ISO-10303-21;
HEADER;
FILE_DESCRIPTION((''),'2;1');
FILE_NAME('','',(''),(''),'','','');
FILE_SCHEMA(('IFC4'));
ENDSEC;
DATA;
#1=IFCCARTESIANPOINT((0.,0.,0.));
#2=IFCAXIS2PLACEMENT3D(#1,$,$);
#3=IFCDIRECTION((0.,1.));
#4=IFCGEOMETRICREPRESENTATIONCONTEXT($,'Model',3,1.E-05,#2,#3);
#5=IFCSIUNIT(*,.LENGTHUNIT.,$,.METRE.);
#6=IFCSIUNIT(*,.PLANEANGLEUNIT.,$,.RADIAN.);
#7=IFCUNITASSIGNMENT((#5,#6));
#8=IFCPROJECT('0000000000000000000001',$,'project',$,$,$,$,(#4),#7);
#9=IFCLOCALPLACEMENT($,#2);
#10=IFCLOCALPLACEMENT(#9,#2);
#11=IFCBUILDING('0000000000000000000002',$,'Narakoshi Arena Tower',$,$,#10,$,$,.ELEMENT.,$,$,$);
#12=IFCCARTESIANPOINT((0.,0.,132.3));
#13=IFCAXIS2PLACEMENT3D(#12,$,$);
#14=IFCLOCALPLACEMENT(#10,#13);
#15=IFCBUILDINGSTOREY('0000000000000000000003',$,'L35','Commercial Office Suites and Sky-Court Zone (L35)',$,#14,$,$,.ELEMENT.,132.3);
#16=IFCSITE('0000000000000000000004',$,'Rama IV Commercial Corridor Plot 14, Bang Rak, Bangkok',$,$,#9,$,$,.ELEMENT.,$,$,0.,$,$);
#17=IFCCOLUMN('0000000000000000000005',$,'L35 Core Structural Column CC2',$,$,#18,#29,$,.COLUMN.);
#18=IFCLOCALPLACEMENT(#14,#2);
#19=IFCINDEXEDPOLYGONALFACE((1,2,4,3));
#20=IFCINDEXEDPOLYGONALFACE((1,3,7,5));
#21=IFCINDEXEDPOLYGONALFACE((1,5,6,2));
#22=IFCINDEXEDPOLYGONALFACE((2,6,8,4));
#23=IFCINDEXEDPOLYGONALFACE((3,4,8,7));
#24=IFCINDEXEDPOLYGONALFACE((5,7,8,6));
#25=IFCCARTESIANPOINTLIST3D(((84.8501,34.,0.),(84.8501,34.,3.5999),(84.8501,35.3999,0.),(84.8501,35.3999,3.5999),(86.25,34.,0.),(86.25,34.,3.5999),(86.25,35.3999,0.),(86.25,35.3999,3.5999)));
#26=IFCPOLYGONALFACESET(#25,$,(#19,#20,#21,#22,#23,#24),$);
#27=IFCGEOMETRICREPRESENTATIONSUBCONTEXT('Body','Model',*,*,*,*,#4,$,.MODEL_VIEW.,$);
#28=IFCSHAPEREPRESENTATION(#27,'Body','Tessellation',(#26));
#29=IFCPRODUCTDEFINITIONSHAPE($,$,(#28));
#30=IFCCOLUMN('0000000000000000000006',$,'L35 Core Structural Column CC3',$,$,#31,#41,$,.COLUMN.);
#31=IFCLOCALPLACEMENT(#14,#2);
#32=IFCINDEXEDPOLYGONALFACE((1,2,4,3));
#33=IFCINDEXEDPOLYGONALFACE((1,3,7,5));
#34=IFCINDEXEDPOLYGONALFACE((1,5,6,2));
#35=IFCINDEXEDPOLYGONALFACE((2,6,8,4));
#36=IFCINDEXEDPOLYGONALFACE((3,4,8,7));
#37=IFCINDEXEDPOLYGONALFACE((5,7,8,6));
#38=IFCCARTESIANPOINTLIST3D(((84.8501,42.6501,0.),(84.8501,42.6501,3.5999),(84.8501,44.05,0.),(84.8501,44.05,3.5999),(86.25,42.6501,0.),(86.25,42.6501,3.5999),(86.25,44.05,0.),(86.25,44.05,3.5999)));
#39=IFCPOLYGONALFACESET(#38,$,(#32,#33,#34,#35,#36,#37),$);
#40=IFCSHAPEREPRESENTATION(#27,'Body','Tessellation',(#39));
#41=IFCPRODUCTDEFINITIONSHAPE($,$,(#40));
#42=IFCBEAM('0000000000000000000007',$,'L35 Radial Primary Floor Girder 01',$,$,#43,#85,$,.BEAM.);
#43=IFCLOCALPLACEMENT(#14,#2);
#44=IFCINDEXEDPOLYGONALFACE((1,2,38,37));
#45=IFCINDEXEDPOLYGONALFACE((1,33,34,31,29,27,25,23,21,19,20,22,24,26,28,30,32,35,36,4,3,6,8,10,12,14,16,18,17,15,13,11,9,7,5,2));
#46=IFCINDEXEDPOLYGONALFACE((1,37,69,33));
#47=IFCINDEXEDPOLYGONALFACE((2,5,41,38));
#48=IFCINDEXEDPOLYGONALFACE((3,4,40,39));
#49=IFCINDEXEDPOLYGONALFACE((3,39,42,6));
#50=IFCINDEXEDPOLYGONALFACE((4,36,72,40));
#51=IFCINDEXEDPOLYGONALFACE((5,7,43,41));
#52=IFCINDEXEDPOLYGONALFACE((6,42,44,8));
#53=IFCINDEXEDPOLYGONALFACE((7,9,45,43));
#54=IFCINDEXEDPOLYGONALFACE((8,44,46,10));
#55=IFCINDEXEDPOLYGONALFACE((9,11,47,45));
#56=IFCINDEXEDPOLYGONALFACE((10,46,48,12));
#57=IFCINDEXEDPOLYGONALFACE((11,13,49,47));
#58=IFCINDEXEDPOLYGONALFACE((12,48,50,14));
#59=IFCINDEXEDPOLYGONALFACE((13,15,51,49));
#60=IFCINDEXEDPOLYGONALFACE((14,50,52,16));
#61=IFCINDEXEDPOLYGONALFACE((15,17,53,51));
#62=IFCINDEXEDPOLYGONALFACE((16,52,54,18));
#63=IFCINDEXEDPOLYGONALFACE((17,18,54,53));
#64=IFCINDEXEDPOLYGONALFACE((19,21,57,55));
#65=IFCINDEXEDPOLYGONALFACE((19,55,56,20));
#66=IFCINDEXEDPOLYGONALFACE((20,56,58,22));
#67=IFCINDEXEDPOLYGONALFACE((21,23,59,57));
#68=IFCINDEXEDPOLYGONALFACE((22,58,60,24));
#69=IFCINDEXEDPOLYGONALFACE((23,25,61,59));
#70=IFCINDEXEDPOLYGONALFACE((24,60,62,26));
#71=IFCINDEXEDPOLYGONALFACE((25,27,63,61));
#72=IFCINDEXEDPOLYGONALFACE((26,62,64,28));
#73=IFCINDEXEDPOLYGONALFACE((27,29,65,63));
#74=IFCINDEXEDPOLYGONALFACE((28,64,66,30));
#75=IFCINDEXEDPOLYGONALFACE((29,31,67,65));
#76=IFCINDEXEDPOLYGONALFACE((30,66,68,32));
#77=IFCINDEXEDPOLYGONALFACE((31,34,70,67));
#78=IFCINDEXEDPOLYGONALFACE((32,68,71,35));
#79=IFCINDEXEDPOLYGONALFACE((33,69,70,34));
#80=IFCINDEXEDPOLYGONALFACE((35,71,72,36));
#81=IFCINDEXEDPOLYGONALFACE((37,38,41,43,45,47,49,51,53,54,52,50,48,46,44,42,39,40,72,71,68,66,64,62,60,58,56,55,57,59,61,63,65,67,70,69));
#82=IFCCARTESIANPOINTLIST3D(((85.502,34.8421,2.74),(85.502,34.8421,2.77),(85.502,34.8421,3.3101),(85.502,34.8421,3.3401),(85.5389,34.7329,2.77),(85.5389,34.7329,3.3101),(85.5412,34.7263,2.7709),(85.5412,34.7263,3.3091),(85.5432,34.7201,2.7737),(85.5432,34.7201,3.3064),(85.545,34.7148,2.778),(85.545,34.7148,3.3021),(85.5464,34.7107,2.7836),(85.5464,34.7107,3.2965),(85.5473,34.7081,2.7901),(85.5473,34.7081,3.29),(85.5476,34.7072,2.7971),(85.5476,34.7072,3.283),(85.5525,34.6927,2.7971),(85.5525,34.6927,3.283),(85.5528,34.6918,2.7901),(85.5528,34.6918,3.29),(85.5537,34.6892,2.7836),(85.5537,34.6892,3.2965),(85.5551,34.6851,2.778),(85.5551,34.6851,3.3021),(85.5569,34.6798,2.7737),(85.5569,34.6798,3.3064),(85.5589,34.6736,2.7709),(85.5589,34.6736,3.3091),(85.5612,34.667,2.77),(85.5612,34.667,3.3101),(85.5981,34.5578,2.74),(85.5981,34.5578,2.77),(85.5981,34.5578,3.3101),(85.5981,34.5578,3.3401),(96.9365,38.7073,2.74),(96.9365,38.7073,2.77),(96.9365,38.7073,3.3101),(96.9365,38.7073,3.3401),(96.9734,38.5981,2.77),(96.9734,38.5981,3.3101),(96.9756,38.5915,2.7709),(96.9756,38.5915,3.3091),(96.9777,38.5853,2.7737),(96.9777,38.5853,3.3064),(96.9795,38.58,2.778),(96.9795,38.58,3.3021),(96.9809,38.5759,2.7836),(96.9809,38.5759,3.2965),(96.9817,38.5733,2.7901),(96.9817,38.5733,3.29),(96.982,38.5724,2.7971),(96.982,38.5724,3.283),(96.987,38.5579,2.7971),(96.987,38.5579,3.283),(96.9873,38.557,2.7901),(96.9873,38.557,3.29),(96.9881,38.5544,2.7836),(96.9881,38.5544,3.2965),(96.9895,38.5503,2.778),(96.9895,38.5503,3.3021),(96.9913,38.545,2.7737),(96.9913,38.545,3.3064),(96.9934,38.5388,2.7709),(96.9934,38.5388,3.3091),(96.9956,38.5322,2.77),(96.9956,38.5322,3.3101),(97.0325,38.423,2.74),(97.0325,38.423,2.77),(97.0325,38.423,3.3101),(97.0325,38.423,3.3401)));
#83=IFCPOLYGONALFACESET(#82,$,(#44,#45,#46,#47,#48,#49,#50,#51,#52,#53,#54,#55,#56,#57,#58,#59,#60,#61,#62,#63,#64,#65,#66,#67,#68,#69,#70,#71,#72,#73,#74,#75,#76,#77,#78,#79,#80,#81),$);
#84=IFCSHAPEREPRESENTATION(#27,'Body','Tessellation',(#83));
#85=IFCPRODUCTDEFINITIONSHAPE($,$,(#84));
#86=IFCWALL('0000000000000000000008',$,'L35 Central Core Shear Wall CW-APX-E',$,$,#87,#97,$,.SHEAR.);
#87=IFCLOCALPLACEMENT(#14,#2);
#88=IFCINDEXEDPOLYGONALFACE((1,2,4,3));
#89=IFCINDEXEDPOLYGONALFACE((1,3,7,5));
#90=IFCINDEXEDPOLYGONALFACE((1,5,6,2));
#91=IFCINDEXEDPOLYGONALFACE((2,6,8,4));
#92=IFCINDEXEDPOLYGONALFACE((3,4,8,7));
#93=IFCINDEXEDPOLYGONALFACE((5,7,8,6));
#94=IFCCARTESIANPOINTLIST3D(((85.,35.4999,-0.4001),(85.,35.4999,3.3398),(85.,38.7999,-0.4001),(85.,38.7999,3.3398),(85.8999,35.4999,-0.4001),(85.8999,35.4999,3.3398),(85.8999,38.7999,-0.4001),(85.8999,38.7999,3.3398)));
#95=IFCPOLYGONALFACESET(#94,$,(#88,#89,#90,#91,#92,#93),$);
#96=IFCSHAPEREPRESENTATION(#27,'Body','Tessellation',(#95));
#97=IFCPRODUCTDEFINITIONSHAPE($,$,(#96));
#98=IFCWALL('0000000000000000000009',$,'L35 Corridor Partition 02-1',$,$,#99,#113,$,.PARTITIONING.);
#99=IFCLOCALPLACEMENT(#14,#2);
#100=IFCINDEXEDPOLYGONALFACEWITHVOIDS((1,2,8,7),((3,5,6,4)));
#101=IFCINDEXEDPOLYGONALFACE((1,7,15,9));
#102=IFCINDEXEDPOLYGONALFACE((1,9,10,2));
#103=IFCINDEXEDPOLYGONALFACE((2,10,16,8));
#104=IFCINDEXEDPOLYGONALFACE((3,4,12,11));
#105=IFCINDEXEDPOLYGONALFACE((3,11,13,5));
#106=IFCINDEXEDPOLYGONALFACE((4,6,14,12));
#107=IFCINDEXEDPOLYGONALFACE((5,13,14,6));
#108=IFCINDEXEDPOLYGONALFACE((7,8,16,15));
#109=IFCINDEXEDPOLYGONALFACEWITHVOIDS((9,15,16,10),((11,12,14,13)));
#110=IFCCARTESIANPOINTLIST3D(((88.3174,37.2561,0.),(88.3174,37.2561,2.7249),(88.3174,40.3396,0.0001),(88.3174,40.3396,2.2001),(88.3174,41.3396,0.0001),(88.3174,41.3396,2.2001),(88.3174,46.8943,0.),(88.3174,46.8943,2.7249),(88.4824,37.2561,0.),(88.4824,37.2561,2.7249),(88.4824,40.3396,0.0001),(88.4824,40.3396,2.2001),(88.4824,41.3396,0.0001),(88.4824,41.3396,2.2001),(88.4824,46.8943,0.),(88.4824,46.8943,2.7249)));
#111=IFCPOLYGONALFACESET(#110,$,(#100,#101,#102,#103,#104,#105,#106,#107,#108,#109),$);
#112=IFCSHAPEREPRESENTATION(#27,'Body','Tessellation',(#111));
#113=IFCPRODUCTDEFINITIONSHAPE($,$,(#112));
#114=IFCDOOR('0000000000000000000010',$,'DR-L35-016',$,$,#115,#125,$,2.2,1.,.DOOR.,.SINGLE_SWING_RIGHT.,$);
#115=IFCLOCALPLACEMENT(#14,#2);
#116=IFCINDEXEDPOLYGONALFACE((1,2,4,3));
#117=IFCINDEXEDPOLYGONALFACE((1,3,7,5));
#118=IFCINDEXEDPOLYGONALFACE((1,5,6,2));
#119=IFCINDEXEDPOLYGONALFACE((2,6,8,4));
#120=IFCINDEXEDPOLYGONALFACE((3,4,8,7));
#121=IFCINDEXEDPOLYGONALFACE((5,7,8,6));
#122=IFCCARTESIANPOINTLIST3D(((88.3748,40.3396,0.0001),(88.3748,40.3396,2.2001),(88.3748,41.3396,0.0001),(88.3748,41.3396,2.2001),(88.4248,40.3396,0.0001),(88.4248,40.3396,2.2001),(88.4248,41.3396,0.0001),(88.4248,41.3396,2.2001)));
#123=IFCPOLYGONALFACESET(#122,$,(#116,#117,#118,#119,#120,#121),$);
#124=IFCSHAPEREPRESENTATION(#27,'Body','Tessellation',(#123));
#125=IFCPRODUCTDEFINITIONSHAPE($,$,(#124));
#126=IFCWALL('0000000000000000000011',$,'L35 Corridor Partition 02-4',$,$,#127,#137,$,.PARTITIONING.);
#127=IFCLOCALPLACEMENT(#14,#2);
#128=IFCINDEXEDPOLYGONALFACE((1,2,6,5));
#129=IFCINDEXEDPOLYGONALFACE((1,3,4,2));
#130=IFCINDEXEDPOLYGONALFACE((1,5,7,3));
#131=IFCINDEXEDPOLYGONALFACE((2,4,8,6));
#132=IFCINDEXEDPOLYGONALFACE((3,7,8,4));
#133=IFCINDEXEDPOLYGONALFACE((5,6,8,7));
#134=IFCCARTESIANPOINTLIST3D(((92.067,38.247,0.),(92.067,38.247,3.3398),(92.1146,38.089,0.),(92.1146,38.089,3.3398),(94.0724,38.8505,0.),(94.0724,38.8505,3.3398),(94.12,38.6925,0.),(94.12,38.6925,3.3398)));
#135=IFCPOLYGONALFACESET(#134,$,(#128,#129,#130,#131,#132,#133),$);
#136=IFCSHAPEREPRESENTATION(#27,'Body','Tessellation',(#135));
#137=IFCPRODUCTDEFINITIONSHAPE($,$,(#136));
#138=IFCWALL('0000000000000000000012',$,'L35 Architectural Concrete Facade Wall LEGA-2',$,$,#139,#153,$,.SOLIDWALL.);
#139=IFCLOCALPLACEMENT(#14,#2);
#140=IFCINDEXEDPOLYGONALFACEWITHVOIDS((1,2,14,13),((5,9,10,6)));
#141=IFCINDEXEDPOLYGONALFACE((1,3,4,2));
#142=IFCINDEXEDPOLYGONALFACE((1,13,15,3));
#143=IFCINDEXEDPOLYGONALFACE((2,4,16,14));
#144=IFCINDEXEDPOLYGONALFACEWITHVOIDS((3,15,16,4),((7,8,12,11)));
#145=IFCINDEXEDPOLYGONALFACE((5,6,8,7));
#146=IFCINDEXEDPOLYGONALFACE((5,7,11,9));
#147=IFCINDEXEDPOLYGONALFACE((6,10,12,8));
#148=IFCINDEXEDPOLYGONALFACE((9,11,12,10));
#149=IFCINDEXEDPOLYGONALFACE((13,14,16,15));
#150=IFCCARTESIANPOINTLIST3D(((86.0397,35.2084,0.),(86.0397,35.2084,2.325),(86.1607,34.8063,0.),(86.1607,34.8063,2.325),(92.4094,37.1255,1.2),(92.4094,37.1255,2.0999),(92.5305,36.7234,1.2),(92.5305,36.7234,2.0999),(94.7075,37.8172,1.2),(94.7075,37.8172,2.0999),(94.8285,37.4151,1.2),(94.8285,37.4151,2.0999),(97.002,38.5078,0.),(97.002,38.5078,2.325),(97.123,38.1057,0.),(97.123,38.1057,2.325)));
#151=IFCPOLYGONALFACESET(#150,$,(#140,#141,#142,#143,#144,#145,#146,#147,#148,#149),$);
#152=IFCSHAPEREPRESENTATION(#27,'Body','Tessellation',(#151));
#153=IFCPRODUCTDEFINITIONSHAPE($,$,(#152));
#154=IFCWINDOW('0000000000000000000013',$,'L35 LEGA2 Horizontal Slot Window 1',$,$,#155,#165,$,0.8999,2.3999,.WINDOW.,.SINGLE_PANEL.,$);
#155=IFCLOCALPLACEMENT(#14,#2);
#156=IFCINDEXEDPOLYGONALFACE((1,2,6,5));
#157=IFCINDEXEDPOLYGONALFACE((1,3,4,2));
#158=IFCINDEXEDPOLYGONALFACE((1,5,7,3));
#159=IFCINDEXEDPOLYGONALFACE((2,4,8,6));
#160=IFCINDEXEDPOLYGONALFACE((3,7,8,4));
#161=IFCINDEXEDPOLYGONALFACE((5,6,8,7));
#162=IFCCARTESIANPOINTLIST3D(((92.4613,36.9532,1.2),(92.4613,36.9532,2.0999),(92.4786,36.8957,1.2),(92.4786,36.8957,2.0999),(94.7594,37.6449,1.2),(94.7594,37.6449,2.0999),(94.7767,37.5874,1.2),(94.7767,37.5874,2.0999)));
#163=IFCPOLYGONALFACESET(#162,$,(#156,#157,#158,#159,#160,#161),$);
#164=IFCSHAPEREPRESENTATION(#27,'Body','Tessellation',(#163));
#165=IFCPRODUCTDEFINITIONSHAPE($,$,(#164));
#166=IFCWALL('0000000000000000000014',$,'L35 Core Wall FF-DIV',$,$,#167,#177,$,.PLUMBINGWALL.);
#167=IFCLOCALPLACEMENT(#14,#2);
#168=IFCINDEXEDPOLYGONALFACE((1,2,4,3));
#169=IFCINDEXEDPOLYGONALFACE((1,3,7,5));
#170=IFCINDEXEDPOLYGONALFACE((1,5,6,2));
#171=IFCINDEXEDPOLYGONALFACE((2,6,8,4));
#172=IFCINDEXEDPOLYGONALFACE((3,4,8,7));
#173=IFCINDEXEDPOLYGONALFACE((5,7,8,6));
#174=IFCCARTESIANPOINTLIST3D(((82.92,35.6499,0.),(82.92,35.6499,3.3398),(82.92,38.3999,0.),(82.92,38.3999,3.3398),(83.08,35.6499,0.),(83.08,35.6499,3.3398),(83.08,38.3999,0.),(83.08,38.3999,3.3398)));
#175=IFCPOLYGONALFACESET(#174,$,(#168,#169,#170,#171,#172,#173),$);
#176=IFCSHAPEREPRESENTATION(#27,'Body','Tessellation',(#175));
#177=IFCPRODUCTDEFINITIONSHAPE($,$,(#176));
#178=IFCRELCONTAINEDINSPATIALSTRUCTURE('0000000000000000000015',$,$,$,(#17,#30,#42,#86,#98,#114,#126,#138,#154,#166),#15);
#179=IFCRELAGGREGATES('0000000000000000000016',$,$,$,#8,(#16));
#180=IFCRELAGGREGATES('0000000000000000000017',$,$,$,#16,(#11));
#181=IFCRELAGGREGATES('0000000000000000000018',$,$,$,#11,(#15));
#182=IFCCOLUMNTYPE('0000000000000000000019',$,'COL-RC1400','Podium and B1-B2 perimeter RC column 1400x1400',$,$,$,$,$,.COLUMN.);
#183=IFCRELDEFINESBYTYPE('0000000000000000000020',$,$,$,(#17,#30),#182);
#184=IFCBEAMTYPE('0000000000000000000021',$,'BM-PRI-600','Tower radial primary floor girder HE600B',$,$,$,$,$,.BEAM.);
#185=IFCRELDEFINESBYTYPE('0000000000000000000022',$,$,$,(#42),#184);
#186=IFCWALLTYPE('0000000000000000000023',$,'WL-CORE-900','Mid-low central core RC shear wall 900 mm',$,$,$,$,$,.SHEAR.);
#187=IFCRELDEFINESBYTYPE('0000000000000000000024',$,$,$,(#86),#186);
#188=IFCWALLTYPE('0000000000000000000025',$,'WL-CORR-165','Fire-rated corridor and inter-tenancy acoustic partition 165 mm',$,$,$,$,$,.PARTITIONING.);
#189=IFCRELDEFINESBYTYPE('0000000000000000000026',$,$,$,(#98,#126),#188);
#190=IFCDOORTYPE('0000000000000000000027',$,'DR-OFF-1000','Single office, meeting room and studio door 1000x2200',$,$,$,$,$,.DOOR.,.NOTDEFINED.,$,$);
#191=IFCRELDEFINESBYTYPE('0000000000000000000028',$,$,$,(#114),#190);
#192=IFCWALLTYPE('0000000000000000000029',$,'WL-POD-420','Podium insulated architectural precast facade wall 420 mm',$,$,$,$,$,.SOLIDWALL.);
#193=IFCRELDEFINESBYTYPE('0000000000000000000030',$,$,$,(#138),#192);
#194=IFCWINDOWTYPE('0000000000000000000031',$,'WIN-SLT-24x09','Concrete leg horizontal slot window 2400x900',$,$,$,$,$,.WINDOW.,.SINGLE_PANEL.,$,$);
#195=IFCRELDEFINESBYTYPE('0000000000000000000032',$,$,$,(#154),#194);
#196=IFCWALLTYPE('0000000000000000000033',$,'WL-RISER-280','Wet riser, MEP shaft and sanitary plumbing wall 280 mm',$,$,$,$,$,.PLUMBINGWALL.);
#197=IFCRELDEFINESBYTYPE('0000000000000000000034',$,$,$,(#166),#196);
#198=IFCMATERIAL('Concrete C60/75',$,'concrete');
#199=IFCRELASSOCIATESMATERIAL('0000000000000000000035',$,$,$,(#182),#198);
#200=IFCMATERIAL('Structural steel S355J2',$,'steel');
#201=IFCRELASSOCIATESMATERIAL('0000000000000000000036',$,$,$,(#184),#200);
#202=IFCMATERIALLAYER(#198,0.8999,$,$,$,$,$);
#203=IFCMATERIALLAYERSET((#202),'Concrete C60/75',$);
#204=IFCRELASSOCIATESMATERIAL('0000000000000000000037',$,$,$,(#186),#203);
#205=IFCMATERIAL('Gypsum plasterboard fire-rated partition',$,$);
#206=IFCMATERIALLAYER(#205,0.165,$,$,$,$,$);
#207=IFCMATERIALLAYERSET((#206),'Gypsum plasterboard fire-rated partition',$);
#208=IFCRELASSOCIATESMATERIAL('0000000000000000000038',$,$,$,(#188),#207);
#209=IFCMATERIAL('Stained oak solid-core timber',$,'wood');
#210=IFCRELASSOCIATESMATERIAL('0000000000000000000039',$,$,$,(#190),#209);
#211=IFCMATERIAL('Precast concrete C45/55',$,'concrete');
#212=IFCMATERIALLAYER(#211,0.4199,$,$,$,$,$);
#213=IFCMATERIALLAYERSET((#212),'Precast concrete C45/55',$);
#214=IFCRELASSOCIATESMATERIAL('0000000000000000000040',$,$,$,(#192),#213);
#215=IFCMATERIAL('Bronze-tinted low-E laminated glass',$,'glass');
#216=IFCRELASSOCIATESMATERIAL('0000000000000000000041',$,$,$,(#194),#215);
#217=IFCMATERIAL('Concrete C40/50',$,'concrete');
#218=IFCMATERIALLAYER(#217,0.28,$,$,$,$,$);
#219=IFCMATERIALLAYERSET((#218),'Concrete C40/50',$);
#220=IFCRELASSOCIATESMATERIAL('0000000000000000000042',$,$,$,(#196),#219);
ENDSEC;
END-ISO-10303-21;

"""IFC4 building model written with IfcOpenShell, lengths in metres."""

from ifc_helpers import new_model, si_unit, direction, frame, frame_2d, origin, origin_2d, place, context, subcontext, project, spatial, rectangle, i_section, extrude, material, layer, layer_set, material_profile, profile_set, type_object, element, fill, save


model = new_model("IFC4")

# Units and contexts
model_context = context("Model", 3, precision=1e-05, world=origin(), true_north=direction((0.0, 1.0)))
body_context = subcontext(model_context, "Body", "Model", "MODEL_VIEW")
ifc_project = project(units=[si_unit("LENGTHUNIT", "METRE"), si_unit("PLANEANGLEUNIT", "RADIAN")], contexts=[model_context])

# Site, building, storey
site_placement = place(None, origin())
site = spatial("IfcSite", under=ifc_project, at=site_placement, Name="Rama IV Commercial Corridor Plot 14, Bang Rak, Bangkok", CompositionType="ELEMENT", RefElevation=0.0)
building_placement = place(site_placement, origin())
building = spatial("IfcBuilding", under=site, at=building_placement, Name="Narakoshi Arena Tower", CompositionType="ELEMENT")
storey_placement = place(building_placement, frame((0.0, 0.0, 132.3)))
storey = spatial("IfcBuildingStorey", under=building, at=storey_placement, Name="L35", Description="Commercial Office Suites and Sky-Court Zone (L35)", CompositionType="ELEMENT", Elevation=132.3)

# Columns
ifc_material_1 = material(Name="Concrete C60/75", Category="concrete")
ifc_material_profile_1 = material_profile(ifc_material_1, rectangle(XDim=1.3999, YDim=1.3999, at=origin_2d()), Name="RC1400x1400")
ifc_profile_set_1 = profile_set([ifc_material_profile_1], Name="Concrete C60/75")
column_type = type_object("IfcColumnType", Name="COL-RC1400", Description="Podium and B1-B2 perimeter RC column 1400x1400", PredefinedType="COLUMN", material=ifc_profile_set_1)
for number, where, z_axis, x_axis, name in (
    (1, (85.55, 34.7, 0.0), (0.0, 0.0, 1.0), (1.0, 0.0, 0.0), "L35 Core Structural Column CC2"),
    (2, (85.55, 43.3501, 0.0), (0.0, 0.0, 1.0), (1.0, 0.0, 0.0), "L35 Core Structural Column CC3"),
):
    element("IfcColumn", number, at=place(storey_placement, frame(where, z_axis=z_axis, x_axis=x_axis)), inside=storey, type_object=column_type, Name=name, PredefinedType="COLUMN", context=body_context, shape_type="SweptSolid", body=[
        extrude(rectangle(XDim=1.3999, YDim=1.3999, at=origin_2d()), origin(), (0.0, 0.0, 1.0), 3.5999),
    ])

# Beam
ifc_material_2 = material(Name="Structural steel S355J2", Category="steel")
ifc_material_profile_2 = material_profile(ifc_material_2, i_section(OverallWidth=0.3, OverallDepth=0.6001, WebThickness=0.0154, FlangeThickness=0.03, FilletRadius=0.0271, at=origin_2d()), Name="HE600B")
ifc_profile_set_2 = profile_set([ifc_material_profile_2], Name="Structural steel S355J2")
beam_type = type_object("IfcBeamType", Name="BM-PRI-600", Description="Tower radial primary floor girder HE600B", PredefinedType="BEAM", material=ifc_profile_set_2)
beam_placement = place(storey_placement, frame((85.55, 34.7, 3.04), z_axis=(0.94734, 0.32023, 0.0), x_axis=(-0.32023, 0.94734, 0.0)))
element("IfcBeam", 3, at=beam_placement, inside=storey, type_object=beam_type, Name="L35 Radial Primary Floor Girder 01", PredefinedType="BEAM", context=body_context, shape_type="SweptSolid", body=[
    extrude(i_section(OverallWidth=0.3, OverallDepth=0.6001, WebThickness=0.0154, FlangeThickness=0.03, FilletRadius=0.0271, at=origin_2d()), origin(), (0.0, 0.0, 1.0), 12.0701),
])

# Wall
ifc_layer_1 = layer(ifc_material_1, 0.8999)
ifc_layer_set_1 = layer_set([ifc_layer_1], Name="Concrete C60/75")
wall_type_1 = type_object("IfcWallType", Name="WL-CORE-900", Description="Mid-low central core RC shear wall 900 mm", PredefinedType="SHEAR", material=ifc_layer_set_1)
wall_1_placement = place(storey_placement, frame((85.45, 35.5, -0.4001), z_axis=(0.0, 0.0, 1.0), x_axis=(0.0, 1.0, 0.0)))
element("IfcWall", 4, at=wall_1_placement, inside=storey, type_object=wall_type_1, Name="L35 Central Core Shear Wall CW-APX-E", PredefinedType="SHEAR", context=body_context, shape_type="SweptSolid", body=[
    extrude(rectangle(XDim=3.3, YDim=0.8999, at=frame_2d((1.6499, 0.0))), origin(), (0.0, 0.0, 1.0), 3.74),
])

# Wall, opening, door
ifc_material_3 = material(Name="Gypsum plasterboard fire-rated partition")
ifc_layer_2 = layer(ifc_material_3, 0.165)
ifc_layer_set_2 = layer_set([ifc_layer_2], Name="Gypsum plasterboard fire-rated partition")
wall_type_2 = type_object("IfcWallType", Name="WL-CORR-165", Description="Fire-rated corridor and inter-tenancy acoustic partition 165 mm", PredefinedType="PARTITIONING", material=ifc_layer_set_2)
wall_2_placement = place(storey_placement, frame((88.3999, 37.2561, 0.0), z_axis=(0.0, 0.0, 1.0), x_axis=(0.0, 1.0, 0.0)))
wall_2 = element("IfcWall", 5, at=wall_2_placement, inside=storey, type_object=wall_type_2, Name="L35 Corridor Partition 02-1", PredefinedType="PARTITIONING", context=body_context, shape_type="SweptSolid", body=[
    extrude(rectangle(XDim=9.6382, YDim=0.165, at=frame_2d((4.8191, 0.0))), origin(), (0.0, 0.0, 1.0), 2.7249),
])
opening_1_placement = place(wall_2_placement, frame((3.0835, 0.0, 0.0)))
opening_1 = element("IfcOpeningElement", 6, at=opening_1_placement, cuts=wall_2, PredefinedType="OPENING", context=body_context, shape_type="SweptSolid", body=[
    extrude(rectangle(XDim=1.0, YDim=2.2, at=frame_2d((0.5, 1.1001))), frame((0.0, 0.0925, 0.0), z_axis=(0.0, -1.0, 0.0), x_axis=(1.0, 0.0, 0.0)), (0.0, 0.0, 1.0), 0.1851),
])
ifc_material_4 = material(Name="Stained oak solid-core timber", Category="wood")
door_type_1 = type_object("IfcDoorType", Name="DR-OFF-1000", Description="Single office, meeting room and studio door 1000x2200", OperationType="NOTDEFINED", PredefinedType="DOOR", material=ifc_material_4)
door_1_placement = place(opening_1_placement, frame((1.0, 0.0, 0.0), z_axis=(0.0, 0.0, 1.0), x_axis=(-1.0, 0.0, 0.0)))
door_1 = element("IfcDoor", 7, at=door_1_placement, inside=storey, type_object=door_type_1, Name="DR-L35-016", OperationType="SINGLE_SWING_RIGHT", OverallHeight=2.2, OverallWidth=1.0, PredefinedType="DOOR", context=body_context, shape_type="SweptSolid", body=[
    extrude(rectangle(XDim=1.0, YDim=2.2, at=frame_2d((0.5, 1.1001))), frame((0.0, 0.0249, 0.0), z_axis=(0.0, -1.0, 0.0), x_axis=(1.0, 0.0, 0.0)), (0.0, 0.0, 1.0), 0.05),
])
fill(opening_1, door_1)

# Wall
wall_3_placement = place(storey_placement, frame((92.0908, 38.168, 0.0), z_axis=(0.0, 0.0, 1.0), x_axis=(0.957576, 0.288182, 0.0)))
element("IfcWall", 8, at=wall_3_placement, inside=storey, type_object=wall_type_2, Name="L35 Corridor Partition 02-4", PredefinedType="PARTITIONING", context=body_context, shape_type="SweptSolid", body=[
    extrude(rectangle(XDim=2.0942, YDim=0.165, at=frame_2d((1.0471, 0.0))), origin(), (0.0, 0.0, 1.0), 3.3398),
])

# Wall, opening, window
ifc_material_5 = material(Name="Precast concrete C45/55", Category="concrete")
ifc_layer_3 = layer(ifc_material_5, 0.4199)
ifc_layer_set_3 = layer_set([ifc_layer_3], Name="Precast concrete C45/55")
wall_type_3 = type_object("IfcWallType", Name="WL-POD-420", Description="Podium insulated architectural precast facade wall 420 mm", PredefinedType="SOLIDWALL", material=ifc_layer_set_3)
wall_4_placement = place(storey_placement, frame((86.1001, 35.0073, 0.0), z_axis=(0.0, 0.0, 1.0), x_axis=(0.957569, 0.288203, 0.0)))
wall_4 = element("IfcWall", 9, at=wall_4_placement, inside=storey, type_object=wall_type_3, Name="L35 Architectural Concrete Facade Wall LEGA-2", PredefinedType="SOLIDWALL", context=body_context, shape_type="SweptSolid", body=[
    extrude(rectangle(XDim=11.448, YDim=0.4199, at=frame_2d((5.7241, 0.0))), origin(), (0.0, 0.0, 1.0), 2.325),
])
opening_2_placement = place(wall_4_placement, frame((6.6521, 0.0, 1.2)))
opening_2 = element("IfcOpeningElement", 10, at=opening_2_placement, cuts=wall_4, PredefinedType="OPENING", context=body_context, shape_type="SweptSolid", body=[
    extrude(rectangle(XDim=2.3999, YDim=0.8999, at=frame_2d((1.2, 0.45))), frame((0.0, 0.22, 0.0), z_axis=(0.0, -1.0, 0.0), x_axis=(1.0, 0.0, 0.0)), (0.0, 0.0, 1.0), 0.4399),
])
ifc_material_6 = material(Name="Bronze-tinted low-E laminated glass", Category="glass")
window_type = type_object("IfcWindowType", Name="WIN-SLT-24x09", Description="Concrete leg horizontal slot window 2400x900", PartitioningType="SINGLE_PANEL", PredefinedType="WINDOW", material=ifc_material_6)
window_placement = place(opening_2_placement, origin())
window = element("IfcWindow", 11, at=window_placement, inside=storey, type_object=window_type, Name="L35 LEGA2 Horizontal Slot Window 1", OverallHeight=0.8999, OverallWidth=2.3999, PartitioningType="SINGLE_PANEL", PredefinedType="WINDOW", context=body_context, shape_type="SweptSolid", body=[
    extrude(rectangle(XDim=2.3999, YDim=0.8999, at=frame_2d((1.2, 0.45))), frame((0.0, 0.03, 0.0), z_axis=(0.0, -1.0, 0.0), x_axis=(1.0, 0.0, 0.0)), (0.0, 0.0, 1.0), 0.0601),
])
fill(opening_2, window)

# Wall
ifc_material_7 = material(Name="Concrete C40/50", Category="concrete")
ifc_layer_4 = layer(ifc_material_7, 0.28)
ifc_layer_set_4 = layer_set([ifc_layer_4], Name="Concrete C40/50")
wall_type_4 = type_object("IfcWallType", Name="WL-RISER-280", Description="Wet riser, MEP shaft and sanitary plumbing wall 280 mm", PredefinedType="PLUMBINGWALL", material=ifc_layer_set_4)
wall_5_placement = place(storey_placement, frame((83.0, 35.6499, 0.0), z_axis=(0.0, 0.0, 1.0), x_axis=(0.0, 1.0, 0.0)))
element("IfcWall", 12, at=wall_5_placement, inside=storey, type_object=wall_type_4, Name="L35 Core Wall FF-DIV", PredefinedType="PLUMBINGWALL", context=body_context, shape_type="SweptSolid", body=[
    extrude(rectangle(XDim=2.75, YDim=0.1599, at=frame_2d((1.375, 0.0))), origin(), (0.0, 0.0, 1.0), 3.3398),
])

save(model, "model.ifc")
